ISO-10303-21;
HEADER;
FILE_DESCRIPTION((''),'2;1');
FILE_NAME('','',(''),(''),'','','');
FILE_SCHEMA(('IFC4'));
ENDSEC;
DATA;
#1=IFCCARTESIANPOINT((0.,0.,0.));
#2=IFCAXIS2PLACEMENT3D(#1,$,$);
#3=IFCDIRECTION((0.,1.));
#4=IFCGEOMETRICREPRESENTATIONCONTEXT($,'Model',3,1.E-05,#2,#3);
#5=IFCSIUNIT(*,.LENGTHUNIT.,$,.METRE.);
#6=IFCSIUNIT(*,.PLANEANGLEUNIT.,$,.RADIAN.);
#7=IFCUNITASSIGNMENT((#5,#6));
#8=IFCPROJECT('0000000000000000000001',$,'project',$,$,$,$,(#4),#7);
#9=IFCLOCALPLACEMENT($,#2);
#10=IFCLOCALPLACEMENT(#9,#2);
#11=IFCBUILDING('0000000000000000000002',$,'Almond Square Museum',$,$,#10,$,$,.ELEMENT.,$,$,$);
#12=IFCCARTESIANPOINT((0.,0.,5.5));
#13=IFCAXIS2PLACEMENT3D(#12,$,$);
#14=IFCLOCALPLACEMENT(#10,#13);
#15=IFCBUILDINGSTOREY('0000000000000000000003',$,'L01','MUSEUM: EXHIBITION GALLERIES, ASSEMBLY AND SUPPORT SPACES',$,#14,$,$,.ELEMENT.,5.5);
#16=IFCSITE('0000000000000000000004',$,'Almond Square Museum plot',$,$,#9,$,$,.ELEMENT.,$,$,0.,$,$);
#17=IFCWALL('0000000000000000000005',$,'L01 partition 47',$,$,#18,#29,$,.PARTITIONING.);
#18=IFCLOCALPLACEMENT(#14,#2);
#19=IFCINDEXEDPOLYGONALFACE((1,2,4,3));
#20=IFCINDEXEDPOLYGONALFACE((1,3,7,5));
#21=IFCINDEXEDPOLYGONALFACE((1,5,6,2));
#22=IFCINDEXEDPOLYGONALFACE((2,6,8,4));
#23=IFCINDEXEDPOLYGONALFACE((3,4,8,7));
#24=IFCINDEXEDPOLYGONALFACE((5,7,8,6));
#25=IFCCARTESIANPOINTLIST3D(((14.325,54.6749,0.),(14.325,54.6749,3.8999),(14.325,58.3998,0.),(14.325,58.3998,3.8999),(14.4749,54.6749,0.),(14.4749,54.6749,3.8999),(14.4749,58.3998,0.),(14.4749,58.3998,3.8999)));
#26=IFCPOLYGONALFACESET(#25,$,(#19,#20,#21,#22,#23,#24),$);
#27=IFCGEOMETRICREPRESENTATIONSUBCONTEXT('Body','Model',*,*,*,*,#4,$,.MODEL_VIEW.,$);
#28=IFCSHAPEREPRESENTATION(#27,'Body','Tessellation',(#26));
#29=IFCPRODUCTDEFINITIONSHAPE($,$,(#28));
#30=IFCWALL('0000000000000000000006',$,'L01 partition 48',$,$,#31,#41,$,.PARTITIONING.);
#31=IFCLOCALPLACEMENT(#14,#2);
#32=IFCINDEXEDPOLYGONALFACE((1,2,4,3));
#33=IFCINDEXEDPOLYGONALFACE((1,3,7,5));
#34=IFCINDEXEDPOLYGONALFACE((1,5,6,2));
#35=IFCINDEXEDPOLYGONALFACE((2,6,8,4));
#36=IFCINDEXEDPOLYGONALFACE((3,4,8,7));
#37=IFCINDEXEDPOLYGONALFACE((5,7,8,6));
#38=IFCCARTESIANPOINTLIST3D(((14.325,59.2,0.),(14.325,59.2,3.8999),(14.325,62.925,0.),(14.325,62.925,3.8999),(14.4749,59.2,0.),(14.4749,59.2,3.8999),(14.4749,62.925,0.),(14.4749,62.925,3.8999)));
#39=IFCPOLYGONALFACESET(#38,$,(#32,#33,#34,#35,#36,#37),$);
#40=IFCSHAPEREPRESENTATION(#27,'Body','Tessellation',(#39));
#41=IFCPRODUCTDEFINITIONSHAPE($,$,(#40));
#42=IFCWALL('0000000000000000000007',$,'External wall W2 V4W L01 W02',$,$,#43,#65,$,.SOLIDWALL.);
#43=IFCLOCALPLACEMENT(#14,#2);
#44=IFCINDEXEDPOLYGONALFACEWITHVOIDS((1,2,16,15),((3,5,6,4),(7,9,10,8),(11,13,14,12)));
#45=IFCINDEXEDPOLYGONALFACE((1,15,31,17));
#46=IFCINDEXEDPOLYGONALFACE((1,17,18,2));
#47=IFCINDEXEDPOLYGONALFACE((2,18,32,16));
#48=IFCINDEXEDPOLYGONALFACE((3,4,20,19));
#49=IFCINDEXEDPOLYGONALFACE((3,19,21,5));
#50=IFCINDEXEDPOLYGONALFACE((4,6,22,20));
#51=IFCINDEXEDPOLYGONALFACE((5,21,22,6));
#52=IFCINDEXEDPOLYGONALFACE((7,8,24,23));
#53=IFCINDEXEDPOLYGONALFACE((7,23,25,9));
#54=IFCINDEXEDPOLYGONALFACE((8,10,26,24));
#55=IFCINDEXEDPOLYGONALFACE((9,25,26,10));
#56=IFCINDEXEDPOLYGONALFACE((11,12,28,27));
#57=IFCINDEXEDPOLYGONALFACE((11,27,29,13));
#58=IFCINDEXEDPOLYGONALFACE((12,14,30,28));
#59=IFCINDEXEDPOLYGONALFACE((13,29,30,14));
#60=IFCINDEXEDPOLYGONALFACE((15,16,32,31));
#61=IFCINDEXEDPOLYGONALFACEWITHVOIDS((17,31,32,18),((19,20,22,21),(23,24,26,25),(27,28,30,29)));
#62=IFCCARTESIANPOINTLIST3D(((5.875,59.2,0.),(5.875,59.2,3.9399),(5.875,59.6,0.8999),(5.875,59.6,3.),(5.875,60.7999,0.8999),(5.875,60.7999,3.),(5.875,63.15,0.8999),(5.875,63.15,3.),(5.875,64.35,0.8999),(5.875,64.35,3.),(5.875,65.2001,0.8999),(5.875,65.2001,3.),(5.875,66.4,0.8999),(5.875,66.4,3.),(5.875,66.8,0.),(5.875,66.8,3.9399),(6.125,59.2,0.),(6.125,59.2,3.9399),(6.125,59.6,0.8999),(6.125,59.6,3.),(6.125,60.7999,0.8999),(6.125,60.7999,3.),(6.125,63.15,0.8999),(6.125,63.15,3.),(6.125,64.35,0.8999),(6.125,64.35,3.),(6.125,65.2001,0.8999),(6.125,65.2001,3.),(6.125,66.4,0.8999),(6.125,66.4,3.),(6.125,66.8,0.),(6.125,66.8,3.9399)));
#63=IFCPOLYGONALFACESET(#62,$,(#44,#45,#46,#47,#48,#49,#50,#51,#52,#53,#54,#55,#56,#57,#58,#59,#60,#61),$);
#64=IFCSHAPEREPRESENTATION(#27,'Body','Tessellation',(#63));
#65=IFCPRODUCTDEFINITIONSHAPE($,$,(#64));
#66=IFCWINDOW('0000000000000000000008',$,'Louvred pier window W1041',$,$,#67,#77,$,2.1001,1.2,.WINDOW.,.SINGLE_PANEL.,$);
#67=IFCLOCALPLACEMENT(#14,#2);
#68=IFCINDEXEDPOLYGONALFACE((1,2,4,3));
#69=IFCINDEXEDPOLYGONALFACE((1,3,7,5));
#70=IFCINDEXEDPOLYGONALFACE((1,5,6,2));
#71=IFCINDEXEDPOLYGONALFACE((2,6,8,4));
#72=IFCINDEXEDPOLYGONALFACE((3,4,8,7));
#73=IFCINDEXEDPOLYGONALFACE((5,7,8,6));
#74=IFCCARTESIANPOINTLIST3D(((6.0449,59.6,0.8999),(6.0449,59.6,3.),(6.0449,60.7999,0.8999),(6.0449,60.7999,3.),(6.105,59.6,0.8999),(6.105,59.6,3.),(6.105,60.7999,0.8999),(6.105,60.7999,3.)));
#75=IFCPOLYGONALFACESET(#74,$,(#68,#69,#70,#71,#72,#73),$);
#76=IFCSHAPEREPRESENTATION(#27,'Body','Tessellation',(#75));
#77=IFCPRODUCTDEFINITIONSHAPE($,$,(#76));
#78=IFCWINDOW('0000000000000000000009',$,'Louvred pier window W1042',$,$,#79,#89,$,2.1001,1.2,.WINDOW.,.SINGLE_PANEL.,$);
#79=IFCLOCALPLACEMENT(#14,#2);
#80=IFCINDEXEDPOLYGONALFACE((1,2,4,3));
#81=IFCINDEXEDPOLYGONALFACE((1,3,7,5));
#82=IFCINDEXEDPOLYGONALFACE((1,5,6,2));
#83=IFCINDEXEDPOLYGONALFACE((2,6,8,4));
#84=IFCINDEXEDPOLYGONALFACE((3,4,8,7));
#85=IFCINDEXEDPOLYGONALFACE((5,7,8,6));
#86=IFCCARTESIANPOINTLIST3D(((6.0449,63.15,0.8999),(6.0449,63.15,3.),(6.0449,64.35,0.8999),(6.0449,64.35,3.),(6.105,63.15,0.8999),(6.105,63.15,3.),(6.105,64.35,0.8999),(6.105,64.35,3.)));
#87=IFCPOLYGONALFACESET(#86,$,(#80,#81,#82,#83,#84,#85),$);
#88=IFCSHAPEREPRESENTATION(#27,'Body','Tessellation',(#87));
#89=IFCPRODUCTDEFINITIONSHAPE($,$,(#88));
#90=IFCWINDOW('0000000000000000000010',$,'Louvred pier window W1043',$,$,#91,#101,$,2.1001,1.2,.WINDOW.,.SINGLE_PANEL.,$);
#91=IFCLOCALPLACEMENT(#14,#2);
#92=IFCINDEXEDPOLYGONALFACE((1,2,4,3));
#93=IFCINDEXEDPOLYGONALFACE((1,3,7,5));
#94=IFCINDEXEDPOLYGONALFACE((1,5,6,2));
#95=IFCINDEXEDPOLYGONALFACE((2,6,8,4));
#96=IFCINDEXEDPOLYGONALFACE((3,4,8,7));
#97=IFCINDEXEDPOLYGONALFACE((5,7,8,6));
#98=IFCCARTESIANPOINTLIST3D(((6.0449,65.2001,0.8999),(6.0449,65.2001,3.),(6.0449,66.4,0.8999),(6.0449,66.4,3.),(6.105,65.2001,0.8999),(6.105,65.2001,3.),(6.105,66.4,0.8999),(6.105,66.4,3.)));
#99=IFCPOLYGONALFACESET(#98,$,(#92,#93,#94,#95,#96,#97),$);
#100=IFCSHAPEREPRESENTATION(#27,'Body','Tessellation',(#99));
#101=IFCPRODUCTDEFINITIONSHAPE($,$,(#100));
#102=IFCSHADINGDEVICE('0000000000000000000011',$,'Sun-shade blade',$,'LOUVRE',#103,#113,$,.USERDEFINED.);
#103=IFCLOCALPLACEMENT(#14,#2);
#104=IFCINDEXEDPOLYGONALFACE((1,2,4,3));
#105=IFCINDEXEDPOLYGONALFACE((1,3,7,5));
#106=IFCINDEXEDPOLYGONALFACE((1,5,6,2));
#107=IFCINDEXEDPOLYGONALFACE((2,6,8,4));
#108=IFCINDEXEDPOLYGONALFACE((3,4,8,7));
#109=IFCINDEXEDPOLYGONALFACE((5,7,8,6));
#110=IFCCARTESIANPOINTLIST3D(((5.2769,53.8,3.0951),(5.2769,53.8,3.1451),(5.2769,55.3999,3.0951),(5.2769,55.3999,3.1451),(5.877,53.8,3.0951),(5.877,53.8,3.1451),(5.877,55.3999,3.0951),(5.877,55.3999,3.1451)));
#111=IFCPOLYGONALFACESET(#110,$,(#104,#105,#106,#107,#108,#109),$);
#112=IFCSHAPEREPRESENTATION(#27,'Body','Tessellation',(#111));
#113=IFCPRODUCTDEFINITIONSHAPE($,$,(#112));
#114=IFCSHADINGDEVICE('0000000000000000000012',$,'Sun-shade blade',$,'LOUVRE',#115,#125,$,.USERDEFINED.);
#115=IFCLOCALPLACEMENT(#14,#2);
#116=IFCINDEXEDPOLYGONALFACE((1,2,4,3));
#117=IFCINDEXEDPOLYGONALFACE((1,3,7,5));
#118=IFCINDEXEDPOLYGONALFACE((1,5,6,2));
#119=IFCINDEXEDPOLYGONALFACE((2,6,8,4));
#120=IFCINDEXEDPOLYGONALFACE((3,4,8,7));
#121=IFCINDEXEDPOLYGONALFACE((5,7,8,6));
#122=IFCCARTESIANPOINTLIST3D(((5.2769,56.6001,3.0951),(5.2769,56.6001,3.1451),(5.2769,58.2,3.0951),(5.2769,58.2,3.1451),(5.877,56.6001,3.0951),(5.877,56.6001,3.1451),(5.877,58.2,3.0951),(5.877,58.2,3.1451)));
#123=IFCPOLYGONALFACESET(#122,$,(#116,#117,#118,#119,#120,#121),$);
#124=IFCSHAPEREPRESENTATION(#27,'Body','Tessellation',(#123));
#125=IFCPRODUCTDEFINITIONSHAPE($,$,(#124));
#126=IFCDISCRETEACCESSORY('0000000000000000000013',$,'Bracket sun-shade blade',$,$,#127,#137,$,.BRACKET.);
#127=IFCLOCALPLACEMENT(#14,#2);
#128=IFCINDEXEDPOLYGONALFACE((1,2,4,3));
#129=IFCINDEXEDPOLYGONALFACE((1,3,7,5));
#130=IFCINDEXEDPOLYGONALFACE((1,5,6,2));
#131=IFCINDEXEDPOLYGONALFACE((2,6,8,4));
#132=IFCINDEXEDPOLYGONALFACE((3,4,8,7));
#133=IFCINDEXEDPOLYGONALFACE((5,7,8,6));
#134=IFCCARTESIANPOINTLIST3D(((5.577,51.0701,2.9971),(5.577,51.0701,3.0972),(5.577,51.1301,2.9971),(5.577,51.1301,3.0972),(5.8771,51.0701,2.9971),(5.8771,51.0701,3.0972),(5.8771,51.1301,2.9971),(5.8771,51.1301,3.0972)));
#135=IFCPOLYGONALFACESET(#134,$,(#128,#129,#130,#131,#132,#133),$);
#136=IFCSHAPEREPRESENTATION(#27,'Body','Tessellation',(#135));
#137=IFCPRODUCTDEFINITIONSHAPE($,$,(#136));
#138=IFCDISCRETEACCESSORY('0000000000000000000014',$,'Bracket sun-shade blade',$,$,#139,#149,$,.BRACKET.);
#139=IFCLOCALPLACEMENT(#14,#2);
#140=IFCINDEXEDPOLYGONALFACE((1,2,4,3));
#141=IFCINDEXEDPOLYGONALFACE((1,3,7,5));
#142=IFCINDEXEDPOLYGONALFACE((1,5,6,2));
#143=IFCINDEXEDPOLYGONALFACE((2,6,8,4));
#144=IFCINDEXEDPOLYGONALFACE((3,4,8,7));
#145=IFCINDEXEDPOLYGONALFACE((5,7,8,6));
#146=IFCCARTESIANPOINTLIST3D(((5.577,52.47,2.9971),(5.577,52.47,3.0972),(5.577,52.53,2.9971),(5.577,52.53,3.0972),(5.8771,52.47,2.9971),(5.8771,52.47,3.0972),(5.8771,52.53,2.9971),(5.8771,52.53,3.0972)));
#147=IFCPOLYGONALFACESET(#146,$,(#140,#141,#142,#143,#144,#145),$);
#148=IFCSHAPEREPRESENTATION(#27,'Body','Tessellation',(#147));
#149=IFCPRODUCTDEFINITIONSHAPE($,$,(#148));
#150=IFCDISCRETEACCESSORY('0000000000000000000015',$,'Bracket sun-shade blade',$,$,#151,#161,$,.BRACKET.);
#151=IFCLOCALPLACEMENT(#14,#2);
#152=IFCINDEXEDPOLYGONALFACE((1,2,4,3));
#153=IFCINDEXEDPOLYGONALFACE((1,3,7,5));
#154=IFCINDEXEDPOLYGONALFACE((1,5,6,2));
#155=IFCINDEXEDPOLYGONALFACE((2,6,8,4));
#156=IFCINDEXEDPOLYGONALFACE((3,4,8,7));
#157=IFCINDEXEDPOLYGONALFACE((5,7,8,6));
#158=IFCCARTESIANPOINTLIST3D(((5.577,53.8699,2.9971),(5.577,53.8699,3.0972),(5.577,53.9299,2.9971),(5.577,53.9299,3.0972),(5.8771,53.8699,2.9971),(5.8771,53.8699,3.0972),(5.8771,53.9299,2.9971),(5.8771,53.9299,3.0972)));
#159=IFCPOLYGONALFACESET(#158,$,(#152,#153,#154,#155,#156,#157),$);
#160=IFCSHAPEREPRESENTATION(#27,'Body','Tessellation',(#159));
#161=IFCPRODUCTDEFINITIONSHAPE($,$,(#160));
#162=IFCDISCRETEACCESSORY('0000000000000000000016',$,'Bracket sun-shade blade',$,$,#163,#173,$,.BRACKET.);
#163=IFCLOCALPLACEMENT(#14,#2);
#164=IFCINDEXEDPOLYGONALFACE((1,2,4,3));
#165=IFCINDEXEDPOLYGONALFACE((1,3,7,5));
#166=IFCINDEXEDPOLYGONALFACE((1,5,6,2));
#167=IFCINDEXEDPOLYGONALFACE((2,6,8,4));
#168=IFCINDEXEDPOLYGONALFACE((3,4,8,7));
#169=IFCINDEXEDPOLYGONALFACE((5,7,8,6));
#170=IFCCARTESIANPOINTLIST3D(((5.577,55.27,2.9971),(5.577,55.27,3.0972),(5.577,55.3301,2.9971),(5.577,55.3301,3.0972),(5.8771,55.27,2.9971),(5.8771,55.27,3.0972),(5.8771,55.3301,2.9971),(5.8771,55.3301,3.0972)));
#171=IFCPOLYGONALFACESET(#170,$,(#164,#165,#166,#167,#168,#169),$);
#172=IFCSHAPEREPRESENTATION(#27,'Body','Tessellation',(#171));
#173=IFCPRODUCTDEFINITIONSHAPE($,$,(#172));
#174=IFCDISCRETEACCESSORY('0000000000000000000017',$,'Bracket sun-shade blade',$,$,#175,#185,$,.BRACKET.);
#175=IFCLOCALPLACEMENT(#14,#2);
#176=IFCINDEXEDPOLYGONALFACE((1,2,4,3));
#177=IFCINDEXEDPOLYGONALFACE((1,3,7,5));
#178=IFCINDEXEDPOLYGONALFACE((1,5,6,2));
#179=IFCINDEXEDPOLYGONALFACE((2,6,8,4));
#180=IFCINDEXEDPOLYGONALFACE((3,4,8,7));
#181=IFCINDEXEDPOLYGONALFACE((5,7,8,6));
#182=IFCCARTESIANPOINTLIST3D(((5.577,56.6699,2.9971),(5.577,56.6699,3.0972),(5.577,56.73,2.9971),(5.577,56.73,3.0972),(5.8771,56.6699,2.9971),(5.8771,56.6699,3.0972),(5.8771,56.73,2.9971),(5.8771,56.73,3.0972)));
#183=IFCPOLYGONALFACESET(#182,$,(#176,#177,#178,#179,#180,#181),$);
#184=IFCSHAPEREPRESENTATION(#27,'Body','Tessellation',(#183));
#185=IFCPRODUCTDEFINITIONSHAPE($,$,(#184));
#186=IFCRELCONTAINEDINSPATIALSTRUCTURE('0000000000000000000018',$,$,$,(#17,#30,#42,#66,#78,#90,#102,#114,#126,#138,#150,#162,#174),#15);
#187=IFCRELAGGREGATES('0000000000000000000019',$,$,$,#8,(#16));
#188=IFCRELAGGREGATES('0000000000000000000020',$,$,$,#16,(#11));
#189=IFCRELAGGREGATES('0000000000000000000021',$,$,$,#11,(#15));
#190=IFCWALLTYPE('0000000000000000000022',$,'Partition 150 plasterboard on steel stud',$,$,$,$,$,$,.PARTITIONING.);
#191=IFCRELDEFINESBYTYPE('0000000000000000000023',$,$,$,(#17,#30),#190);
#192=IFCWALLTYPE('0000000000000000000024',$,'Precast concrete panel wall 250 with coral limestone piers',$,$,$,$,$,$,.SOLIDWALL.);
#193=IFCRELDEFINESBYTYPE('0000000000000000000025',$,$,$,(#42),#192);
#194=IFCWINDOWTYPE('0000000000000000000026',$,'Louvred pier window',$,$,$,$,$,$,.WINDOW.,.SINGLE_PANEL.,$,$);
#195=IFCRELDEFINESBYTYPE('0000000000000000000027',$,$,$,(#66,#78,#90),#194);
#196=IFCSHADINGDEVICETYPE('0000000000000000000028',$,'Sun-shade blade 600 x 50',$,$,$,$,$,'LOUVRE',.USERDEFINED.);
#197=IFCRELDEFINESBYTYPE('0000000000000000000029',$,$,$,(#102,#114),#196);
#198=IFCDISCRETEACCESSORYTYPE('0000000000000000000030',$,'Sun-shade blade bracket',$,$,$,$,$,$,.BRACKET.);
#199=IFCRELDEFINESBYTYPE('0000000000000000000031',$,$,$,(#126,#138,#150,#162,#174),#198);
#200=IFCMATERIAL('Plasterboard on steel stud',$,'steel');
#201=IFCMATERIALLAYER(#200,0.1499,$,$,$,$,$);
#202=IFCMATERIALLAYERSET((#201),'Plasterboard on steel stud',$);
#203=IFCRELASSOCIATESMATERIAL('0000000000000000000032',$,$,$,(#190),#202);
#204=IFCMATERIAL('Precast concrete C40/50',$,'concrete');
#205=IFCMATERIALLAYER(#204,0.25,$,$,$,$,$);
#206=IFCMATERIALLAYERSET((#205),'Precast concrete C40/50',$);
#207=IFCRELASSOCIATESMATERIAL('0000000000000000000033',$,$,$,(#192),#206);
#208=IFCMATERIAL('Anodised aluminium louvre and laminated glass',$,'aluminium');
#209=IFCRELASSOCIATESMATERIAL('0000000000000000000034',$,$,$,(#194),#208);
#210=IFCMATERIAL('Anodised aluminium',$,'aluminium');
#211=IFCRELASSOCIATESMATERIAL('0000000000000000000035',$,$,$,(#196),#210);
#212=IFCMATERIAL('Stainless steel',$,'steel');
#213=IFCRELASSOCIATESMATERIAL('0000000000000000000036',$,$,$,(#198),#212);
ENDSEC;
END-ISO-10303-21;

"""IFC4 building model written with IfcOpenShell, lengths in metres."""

from ifc_helpers import new_model, si_unit, direction, frame, frame_2d, origin, origin_2d, place, context, subcontext, project, spatial, rectangle, extrude, material, layer, layer_set, material_profile, profile_set, type_object, element, fill, save


model = new_model("IFC4")

# Units and contexts
model_context = context("Model", 3, precision=1e-05, world=origin(), true_north=direction((0.0, 1.0)))
body_context = subcontext(model_context, "Body", "Model", "MODEL_VIEW")
ifc_project = project(units=[si_unit("LENGTHUNIT", "METRE"), si_unit("PLANEANGLEUNIT", "RADIAN")], contexts=[model_context])

# Site, building, storey
site_placement = place(None, origin())
site = spatial("IfcSite", under=ifc_project, at=site_placement, Name="Almond Square Museum plot", CompositionType="ELEMENT", RefElevation=0.0)
building_placement = place(site_placement, origin())
building = spatial("IfcBuilding", under=site, at=building_placement, Name="Almond Square Museum", CompositionType="ELEMENT")
storey_placement = place(building_placement, frame((0.0, 0.0, 5.5)))
storey = spatial("IfcBuildingStorey", under=building, at=storey_placement, Name="L01", Description="MUSEUM: EXHIBITION GALLERIES, ASSEMBLY AND SUPPORT SPACES", CompositionType="ELEMENT", Elevation=5.5)

# Shared definitions
ifc_material_1 = material(Name="Plasterboard on steel stud", Category="steel")
ifc_layer_1 = layer(ifc_material_1, 0.1499)
ifc_layer_set_1 = layer_set([ifc_layer_1], Name="Plasterboard on steel stud")
wall_type_1 = type_object("IfcWallType", Name="Partition 150 plasterboard on steel stud", PredefinedType="PARTITIONING", material=ifc_layer_set_1)

# Walls
wall_1_placement = place(storey_placement, frame((14.3999, 54.675, 0.0), z_axis=(0.0, 0.0, 1.0), x_axis=(0.0, 1.0, 0.0)))
element("IfcWall", 1, at=wall_1_placement, inside=storey, type_object=wall_type_1, Name="L01 partition 47", PredefinedType="PARTITIONING", context=body_context, shape_type="SweptSolid", body=[
    extrude(rectangle(XDim=3.7249, YDim=0.1499, at=frame_2d((1.8623, 0.0))), origin(), (0.0, 0.0, 1.0), 3.8999),
])
wall_2_placement = place(storey_placement, frame((14.3999, 59.2, 0.0), z_axis=(0.0, 0.0, 1.0), x_axis=(0.0, 1.0, 0.0)))
element("IfcWall", 2, at=wall_2_placement, inside=storey, type_object=wall_type_1, Name="L01 partition 48", PredefinedType="PARTITIONING", context=body_context, shape_type="SweptSolid", body=[
    extrude(rectangle(XDim=3.7251, YDim=0.1499, at=frame_2d((1.8625, 0.0))), origin(), (0.0, 0.0, 1.0), 3.8999),
])

# Wall, openings, windows
ifc_material_2 = material(Name="Precast concrete C40/50", Category="concrete")
ifc_layer_2 = layer(ifc_material_2, 0.25)
ifc_layer_set_2 = layer_set([ifc_layer_2], Name="Precast concrete C40/50")
wall_type_2 = type_object("IfcWallType", Name="Precast concrete panel wall 250 with coral limestone piers", PredefinedType="SOLIDWALL", material=ifc_layer_set_2)
wall_3_placement = place(storey_placement, frame((6.0, 59.2, 0.0), z_axis=(0.0, 0.0, 1.0), x_axis=(0.0, 1.0, 0.0)))
wall_3 = element("IfcWall", 3, at=wall_3_placement, inside=storey, type_object=wall_type_2, Name="External wall W2 V4W L01 W02", PredefinedType="SOLIDWALL", context=body_context, shape_type="SweptSolid", body=[
    extrude(rectangle(XDim=7.6001, YDim=0.25, at=frame_2d((3.8, 0.0))), origin(), (0.0, 0.0, 1.0), 3.9399),
])
opening_1_placement = place(wall_3_placement, frame((0.3999, 0.0, 0.8999)))
opening_1 = element("IfcOpeningElement", 4, at=opening_1_placement, cuts=wall_3, PredefinedType="OPENING", context=body_context, shape_type="SweptSolid", body=[
    extrude(rectangle(XDim=1.2, YDim=2.1001, at=frame_2d((0.6001, 1.05))), frame((0.0, 0.135, 0.0), z_axis=(0.0, -1.0, 0.0), x_axis=(1.0, 0.0, 0.0)), (0.0, 0.0, 1.0), 0.27),
])
opening_2_placement = place(wall_3_placement, frame((3.95, 0.0, 0.8999)))
opening_2 = element("IfcOpeningElement", 5, at=opening_2_placement, cuts=wall_3, PredefinedType="OPENING", context=body_context, shape_type="SweptSolid", body=[
    extrude(rectangle(XDim=1.2, YDim=2.1001, at=frame_2d((0.6001, 1.05))), frame((0.0, 0.135, 0.0), z_axis=(0.0, -1.0, 0.0), x_axis=(1.0, 0.0, 0.0)), (0.0, 0.0, 1.0), 0.27),
])
opening_3_placement = place(wall_3_placement, frame((6.0, 0.0, 0.8999)))
opening_3 = element("IfcOpeningElement", 6, at=opening_3_placement, cuts=wall_3, PredefinedType="OPENING", context=body_context, shape_type="SweptSolid", body=[
    extrude(rectangle(XDim=1.2, YDim=2.1001, at=frame_2d((0.6001, 1.05))), frame((0.0, 0.135, 0.0), z_axis=(0.0, -1.0, 0.0), x_axis=(1.0, 0.0, 0.0)), (0.0, 0.0, 1.0), 0.27),
])
ifc_material_3 = material(Name="Anodised aluminium louvre and laminated glass", Category="aluminium")
window_type = type_object("IfcWindowType", Name="Louvred pier window", PartitioningType="SINGLE_PANEL", PredefinedType="WINDOW", material=ifc_material_3)
window_1_placement = place(opening_1_placement, origin())
window_1 = element("IfcWindow", 7, at=window_1_placement, inside=storey, type_object=window_type, Name="Louvred pier window W1041", OverallHeight=2.1001, OverallWidth=1.2, PartitioningType="SINGLE_PANEL", PredefinedType="WINDOW", context=body_context, shape_type="SweptSolid", body=[
    extrude(rectangle(XDim=1.2, YDim=2.1001, at=frame_2d((0.6001, 1.05))), frame((0.0, -0.0449, 0.0), z_axis=(0.0, -1.0, 0.0), x_axis=(1.0, 0.0, 0.0)), (0.0, 0.0, 1.0), 0.0601),
])
fill(opening_1, window_1)
window_2_placement = place(opening_2_placement, origin())
window_2 = element("IfcWindow", 8, at=window_2_placement, inside=storey, type_object=window_type, Name="Louvred pier window W1042", OverallHeight=2.1001, OverallWidth=1.2, PartitioningType="SINGLE_PANEL", PredefinedType="WINDOW", context=body_context, shape_type="SweptSolid", body=[
    extrude(rectangle(XDim=1.2, YDim=2.1001, at=frame_2d((0.6001, 1.05))), frame((0.0, -0.0449, 0.0), z_axis=(0.0, -1.0, 0.0), x_axis=(1.0, 0.0, 0.0)), (0.0, 0.0, 1.0), 0.0601),
])
fill(opening_2, window_2)
window_3_placement = place(opening_3_placement, origin())
window_3 = element("IfcWindow", 9, at=window_3_placement, inside=storey, type_object=window_type, Name="Louvred pier window W1043", OverallHeight=2.1001, OverallWidth=1.2, PartitioningType="SINGLE_PANEL", PredefinedType="WINDOW", context=body_context, shape_type="SweptSolid", body=[
    extrude(rectangle(XDim=1.2, YDim=2.1001, at=frame_2d((0.6001, 1.05))), frame((0.0, -0.0449, 0.0), z_axis=(0.0, -1.0, 0.0), x_axis=(1.0, 0.0, 0.0)), (0.0, 0.0, 1.0), 0.0601),
])
fill(opening_3, window_3)

# Shading devices
ifc_material_4 = material(Name="Anodised aluminium", Category="aluminium")
ifc_material_profile_1 = material_profile(ifc_material_4, rectangle(XDim=0.6001, YDim=0.05, at=origin_2d()))
ifc_profile_set_1 = profile_set([ifc_material_profile_1], Name="Anodised aluminium")
shading_device_type = type_object("IfcShadingDeviceType", Name="Sun-shade blade 600 x 50", ElementType="LOUVRE", PredefinedType="USERDEFINED", material=ifc_profile_set_1)
for number, where, z_axis, x_axis, name in (
    (10, (5.5769, 53.8, 3.1201), (0.0, 1.0, 0.0), (-1.0, 0.0, 0.0), "Sun-shade blade"),
    (11, (5.5769, 56.6001, 3.1201), (0.0, 1.0, 0.0), (-1.0, 0.0, 0.0), "Sun-shade blade"),
):
    element("IfcShadingDevice", number, at=place(storey_placement, frame(where, z_axis=z_axis, x_axis=x_axis)), inside=storey, type_object=shading_device_type, Name=name, ObjectType="LOUVRE", PredefinedType="USERDEFINED", context=body_context, shape_type="SweptSolid", body=[
        extrude(rectangle(XDim=0.6001, YDim=0.05, at=origin_2d()), origin(), (0.0, 0.0, 1.0), 1.5999),
    ])

# Discrete accessories
ifc_material_5 = material(Name="Stainless steel", Category="steel")
discrete_accessory_type = type_object("IfcDiscreteAccessoryType", Name="Sun-shade blade bracket", PredefinedType="BRACKET", material=ifc_material_5)
for number, where, z_axis, x_axis, name in (
    (12, (5.7271, 51.1001, 2.9971), (0.0, 0.0, 1.0), (1.0, 0.0, 0.0), "Bracket sun-shade blade"),
    (13, (5.7271, 52.5, 2.9971), (0.0, 0.0, 1.0), (1.0, 0.0, 0.0), "Bracket sun-shade blade"),
    (14, (5.7271, 53.8999, 2.9971), (0.0, 0.0, 1.0), (1.0, 0.0, 0.0), "Bracket sun-shade blade"),
    (15, (5.7271, 55.3, 2.9971), (0.0, 0.0, 1.0), (1.0, 0.0, 0.0), "Bracket sun-shade blade"),
    (16, (5.7271, 56.7, 2.9971), (0.0, 0.0, 1.0), (1.0, 0.0, 0.0), "Bracket sun-shade blade"),
):
    element("IfcDiscreteAccessory", number, at=place(storey_placement, frame(where, z_axis=z_axis, x_axis=x_axis)), inside=storey, type_object=discrete_accessory_type, Name=name, PredefinedType="BRACKET", context=body_context, shape_type="SweptSolid", body=[
        extrude(rectangle(XDim=0.3, YDim=0.0601, at=origin_2d()), origin(), (0.0, 0.0, 1.0), 0.1001),
    ])

save(model, "model.ifc")
